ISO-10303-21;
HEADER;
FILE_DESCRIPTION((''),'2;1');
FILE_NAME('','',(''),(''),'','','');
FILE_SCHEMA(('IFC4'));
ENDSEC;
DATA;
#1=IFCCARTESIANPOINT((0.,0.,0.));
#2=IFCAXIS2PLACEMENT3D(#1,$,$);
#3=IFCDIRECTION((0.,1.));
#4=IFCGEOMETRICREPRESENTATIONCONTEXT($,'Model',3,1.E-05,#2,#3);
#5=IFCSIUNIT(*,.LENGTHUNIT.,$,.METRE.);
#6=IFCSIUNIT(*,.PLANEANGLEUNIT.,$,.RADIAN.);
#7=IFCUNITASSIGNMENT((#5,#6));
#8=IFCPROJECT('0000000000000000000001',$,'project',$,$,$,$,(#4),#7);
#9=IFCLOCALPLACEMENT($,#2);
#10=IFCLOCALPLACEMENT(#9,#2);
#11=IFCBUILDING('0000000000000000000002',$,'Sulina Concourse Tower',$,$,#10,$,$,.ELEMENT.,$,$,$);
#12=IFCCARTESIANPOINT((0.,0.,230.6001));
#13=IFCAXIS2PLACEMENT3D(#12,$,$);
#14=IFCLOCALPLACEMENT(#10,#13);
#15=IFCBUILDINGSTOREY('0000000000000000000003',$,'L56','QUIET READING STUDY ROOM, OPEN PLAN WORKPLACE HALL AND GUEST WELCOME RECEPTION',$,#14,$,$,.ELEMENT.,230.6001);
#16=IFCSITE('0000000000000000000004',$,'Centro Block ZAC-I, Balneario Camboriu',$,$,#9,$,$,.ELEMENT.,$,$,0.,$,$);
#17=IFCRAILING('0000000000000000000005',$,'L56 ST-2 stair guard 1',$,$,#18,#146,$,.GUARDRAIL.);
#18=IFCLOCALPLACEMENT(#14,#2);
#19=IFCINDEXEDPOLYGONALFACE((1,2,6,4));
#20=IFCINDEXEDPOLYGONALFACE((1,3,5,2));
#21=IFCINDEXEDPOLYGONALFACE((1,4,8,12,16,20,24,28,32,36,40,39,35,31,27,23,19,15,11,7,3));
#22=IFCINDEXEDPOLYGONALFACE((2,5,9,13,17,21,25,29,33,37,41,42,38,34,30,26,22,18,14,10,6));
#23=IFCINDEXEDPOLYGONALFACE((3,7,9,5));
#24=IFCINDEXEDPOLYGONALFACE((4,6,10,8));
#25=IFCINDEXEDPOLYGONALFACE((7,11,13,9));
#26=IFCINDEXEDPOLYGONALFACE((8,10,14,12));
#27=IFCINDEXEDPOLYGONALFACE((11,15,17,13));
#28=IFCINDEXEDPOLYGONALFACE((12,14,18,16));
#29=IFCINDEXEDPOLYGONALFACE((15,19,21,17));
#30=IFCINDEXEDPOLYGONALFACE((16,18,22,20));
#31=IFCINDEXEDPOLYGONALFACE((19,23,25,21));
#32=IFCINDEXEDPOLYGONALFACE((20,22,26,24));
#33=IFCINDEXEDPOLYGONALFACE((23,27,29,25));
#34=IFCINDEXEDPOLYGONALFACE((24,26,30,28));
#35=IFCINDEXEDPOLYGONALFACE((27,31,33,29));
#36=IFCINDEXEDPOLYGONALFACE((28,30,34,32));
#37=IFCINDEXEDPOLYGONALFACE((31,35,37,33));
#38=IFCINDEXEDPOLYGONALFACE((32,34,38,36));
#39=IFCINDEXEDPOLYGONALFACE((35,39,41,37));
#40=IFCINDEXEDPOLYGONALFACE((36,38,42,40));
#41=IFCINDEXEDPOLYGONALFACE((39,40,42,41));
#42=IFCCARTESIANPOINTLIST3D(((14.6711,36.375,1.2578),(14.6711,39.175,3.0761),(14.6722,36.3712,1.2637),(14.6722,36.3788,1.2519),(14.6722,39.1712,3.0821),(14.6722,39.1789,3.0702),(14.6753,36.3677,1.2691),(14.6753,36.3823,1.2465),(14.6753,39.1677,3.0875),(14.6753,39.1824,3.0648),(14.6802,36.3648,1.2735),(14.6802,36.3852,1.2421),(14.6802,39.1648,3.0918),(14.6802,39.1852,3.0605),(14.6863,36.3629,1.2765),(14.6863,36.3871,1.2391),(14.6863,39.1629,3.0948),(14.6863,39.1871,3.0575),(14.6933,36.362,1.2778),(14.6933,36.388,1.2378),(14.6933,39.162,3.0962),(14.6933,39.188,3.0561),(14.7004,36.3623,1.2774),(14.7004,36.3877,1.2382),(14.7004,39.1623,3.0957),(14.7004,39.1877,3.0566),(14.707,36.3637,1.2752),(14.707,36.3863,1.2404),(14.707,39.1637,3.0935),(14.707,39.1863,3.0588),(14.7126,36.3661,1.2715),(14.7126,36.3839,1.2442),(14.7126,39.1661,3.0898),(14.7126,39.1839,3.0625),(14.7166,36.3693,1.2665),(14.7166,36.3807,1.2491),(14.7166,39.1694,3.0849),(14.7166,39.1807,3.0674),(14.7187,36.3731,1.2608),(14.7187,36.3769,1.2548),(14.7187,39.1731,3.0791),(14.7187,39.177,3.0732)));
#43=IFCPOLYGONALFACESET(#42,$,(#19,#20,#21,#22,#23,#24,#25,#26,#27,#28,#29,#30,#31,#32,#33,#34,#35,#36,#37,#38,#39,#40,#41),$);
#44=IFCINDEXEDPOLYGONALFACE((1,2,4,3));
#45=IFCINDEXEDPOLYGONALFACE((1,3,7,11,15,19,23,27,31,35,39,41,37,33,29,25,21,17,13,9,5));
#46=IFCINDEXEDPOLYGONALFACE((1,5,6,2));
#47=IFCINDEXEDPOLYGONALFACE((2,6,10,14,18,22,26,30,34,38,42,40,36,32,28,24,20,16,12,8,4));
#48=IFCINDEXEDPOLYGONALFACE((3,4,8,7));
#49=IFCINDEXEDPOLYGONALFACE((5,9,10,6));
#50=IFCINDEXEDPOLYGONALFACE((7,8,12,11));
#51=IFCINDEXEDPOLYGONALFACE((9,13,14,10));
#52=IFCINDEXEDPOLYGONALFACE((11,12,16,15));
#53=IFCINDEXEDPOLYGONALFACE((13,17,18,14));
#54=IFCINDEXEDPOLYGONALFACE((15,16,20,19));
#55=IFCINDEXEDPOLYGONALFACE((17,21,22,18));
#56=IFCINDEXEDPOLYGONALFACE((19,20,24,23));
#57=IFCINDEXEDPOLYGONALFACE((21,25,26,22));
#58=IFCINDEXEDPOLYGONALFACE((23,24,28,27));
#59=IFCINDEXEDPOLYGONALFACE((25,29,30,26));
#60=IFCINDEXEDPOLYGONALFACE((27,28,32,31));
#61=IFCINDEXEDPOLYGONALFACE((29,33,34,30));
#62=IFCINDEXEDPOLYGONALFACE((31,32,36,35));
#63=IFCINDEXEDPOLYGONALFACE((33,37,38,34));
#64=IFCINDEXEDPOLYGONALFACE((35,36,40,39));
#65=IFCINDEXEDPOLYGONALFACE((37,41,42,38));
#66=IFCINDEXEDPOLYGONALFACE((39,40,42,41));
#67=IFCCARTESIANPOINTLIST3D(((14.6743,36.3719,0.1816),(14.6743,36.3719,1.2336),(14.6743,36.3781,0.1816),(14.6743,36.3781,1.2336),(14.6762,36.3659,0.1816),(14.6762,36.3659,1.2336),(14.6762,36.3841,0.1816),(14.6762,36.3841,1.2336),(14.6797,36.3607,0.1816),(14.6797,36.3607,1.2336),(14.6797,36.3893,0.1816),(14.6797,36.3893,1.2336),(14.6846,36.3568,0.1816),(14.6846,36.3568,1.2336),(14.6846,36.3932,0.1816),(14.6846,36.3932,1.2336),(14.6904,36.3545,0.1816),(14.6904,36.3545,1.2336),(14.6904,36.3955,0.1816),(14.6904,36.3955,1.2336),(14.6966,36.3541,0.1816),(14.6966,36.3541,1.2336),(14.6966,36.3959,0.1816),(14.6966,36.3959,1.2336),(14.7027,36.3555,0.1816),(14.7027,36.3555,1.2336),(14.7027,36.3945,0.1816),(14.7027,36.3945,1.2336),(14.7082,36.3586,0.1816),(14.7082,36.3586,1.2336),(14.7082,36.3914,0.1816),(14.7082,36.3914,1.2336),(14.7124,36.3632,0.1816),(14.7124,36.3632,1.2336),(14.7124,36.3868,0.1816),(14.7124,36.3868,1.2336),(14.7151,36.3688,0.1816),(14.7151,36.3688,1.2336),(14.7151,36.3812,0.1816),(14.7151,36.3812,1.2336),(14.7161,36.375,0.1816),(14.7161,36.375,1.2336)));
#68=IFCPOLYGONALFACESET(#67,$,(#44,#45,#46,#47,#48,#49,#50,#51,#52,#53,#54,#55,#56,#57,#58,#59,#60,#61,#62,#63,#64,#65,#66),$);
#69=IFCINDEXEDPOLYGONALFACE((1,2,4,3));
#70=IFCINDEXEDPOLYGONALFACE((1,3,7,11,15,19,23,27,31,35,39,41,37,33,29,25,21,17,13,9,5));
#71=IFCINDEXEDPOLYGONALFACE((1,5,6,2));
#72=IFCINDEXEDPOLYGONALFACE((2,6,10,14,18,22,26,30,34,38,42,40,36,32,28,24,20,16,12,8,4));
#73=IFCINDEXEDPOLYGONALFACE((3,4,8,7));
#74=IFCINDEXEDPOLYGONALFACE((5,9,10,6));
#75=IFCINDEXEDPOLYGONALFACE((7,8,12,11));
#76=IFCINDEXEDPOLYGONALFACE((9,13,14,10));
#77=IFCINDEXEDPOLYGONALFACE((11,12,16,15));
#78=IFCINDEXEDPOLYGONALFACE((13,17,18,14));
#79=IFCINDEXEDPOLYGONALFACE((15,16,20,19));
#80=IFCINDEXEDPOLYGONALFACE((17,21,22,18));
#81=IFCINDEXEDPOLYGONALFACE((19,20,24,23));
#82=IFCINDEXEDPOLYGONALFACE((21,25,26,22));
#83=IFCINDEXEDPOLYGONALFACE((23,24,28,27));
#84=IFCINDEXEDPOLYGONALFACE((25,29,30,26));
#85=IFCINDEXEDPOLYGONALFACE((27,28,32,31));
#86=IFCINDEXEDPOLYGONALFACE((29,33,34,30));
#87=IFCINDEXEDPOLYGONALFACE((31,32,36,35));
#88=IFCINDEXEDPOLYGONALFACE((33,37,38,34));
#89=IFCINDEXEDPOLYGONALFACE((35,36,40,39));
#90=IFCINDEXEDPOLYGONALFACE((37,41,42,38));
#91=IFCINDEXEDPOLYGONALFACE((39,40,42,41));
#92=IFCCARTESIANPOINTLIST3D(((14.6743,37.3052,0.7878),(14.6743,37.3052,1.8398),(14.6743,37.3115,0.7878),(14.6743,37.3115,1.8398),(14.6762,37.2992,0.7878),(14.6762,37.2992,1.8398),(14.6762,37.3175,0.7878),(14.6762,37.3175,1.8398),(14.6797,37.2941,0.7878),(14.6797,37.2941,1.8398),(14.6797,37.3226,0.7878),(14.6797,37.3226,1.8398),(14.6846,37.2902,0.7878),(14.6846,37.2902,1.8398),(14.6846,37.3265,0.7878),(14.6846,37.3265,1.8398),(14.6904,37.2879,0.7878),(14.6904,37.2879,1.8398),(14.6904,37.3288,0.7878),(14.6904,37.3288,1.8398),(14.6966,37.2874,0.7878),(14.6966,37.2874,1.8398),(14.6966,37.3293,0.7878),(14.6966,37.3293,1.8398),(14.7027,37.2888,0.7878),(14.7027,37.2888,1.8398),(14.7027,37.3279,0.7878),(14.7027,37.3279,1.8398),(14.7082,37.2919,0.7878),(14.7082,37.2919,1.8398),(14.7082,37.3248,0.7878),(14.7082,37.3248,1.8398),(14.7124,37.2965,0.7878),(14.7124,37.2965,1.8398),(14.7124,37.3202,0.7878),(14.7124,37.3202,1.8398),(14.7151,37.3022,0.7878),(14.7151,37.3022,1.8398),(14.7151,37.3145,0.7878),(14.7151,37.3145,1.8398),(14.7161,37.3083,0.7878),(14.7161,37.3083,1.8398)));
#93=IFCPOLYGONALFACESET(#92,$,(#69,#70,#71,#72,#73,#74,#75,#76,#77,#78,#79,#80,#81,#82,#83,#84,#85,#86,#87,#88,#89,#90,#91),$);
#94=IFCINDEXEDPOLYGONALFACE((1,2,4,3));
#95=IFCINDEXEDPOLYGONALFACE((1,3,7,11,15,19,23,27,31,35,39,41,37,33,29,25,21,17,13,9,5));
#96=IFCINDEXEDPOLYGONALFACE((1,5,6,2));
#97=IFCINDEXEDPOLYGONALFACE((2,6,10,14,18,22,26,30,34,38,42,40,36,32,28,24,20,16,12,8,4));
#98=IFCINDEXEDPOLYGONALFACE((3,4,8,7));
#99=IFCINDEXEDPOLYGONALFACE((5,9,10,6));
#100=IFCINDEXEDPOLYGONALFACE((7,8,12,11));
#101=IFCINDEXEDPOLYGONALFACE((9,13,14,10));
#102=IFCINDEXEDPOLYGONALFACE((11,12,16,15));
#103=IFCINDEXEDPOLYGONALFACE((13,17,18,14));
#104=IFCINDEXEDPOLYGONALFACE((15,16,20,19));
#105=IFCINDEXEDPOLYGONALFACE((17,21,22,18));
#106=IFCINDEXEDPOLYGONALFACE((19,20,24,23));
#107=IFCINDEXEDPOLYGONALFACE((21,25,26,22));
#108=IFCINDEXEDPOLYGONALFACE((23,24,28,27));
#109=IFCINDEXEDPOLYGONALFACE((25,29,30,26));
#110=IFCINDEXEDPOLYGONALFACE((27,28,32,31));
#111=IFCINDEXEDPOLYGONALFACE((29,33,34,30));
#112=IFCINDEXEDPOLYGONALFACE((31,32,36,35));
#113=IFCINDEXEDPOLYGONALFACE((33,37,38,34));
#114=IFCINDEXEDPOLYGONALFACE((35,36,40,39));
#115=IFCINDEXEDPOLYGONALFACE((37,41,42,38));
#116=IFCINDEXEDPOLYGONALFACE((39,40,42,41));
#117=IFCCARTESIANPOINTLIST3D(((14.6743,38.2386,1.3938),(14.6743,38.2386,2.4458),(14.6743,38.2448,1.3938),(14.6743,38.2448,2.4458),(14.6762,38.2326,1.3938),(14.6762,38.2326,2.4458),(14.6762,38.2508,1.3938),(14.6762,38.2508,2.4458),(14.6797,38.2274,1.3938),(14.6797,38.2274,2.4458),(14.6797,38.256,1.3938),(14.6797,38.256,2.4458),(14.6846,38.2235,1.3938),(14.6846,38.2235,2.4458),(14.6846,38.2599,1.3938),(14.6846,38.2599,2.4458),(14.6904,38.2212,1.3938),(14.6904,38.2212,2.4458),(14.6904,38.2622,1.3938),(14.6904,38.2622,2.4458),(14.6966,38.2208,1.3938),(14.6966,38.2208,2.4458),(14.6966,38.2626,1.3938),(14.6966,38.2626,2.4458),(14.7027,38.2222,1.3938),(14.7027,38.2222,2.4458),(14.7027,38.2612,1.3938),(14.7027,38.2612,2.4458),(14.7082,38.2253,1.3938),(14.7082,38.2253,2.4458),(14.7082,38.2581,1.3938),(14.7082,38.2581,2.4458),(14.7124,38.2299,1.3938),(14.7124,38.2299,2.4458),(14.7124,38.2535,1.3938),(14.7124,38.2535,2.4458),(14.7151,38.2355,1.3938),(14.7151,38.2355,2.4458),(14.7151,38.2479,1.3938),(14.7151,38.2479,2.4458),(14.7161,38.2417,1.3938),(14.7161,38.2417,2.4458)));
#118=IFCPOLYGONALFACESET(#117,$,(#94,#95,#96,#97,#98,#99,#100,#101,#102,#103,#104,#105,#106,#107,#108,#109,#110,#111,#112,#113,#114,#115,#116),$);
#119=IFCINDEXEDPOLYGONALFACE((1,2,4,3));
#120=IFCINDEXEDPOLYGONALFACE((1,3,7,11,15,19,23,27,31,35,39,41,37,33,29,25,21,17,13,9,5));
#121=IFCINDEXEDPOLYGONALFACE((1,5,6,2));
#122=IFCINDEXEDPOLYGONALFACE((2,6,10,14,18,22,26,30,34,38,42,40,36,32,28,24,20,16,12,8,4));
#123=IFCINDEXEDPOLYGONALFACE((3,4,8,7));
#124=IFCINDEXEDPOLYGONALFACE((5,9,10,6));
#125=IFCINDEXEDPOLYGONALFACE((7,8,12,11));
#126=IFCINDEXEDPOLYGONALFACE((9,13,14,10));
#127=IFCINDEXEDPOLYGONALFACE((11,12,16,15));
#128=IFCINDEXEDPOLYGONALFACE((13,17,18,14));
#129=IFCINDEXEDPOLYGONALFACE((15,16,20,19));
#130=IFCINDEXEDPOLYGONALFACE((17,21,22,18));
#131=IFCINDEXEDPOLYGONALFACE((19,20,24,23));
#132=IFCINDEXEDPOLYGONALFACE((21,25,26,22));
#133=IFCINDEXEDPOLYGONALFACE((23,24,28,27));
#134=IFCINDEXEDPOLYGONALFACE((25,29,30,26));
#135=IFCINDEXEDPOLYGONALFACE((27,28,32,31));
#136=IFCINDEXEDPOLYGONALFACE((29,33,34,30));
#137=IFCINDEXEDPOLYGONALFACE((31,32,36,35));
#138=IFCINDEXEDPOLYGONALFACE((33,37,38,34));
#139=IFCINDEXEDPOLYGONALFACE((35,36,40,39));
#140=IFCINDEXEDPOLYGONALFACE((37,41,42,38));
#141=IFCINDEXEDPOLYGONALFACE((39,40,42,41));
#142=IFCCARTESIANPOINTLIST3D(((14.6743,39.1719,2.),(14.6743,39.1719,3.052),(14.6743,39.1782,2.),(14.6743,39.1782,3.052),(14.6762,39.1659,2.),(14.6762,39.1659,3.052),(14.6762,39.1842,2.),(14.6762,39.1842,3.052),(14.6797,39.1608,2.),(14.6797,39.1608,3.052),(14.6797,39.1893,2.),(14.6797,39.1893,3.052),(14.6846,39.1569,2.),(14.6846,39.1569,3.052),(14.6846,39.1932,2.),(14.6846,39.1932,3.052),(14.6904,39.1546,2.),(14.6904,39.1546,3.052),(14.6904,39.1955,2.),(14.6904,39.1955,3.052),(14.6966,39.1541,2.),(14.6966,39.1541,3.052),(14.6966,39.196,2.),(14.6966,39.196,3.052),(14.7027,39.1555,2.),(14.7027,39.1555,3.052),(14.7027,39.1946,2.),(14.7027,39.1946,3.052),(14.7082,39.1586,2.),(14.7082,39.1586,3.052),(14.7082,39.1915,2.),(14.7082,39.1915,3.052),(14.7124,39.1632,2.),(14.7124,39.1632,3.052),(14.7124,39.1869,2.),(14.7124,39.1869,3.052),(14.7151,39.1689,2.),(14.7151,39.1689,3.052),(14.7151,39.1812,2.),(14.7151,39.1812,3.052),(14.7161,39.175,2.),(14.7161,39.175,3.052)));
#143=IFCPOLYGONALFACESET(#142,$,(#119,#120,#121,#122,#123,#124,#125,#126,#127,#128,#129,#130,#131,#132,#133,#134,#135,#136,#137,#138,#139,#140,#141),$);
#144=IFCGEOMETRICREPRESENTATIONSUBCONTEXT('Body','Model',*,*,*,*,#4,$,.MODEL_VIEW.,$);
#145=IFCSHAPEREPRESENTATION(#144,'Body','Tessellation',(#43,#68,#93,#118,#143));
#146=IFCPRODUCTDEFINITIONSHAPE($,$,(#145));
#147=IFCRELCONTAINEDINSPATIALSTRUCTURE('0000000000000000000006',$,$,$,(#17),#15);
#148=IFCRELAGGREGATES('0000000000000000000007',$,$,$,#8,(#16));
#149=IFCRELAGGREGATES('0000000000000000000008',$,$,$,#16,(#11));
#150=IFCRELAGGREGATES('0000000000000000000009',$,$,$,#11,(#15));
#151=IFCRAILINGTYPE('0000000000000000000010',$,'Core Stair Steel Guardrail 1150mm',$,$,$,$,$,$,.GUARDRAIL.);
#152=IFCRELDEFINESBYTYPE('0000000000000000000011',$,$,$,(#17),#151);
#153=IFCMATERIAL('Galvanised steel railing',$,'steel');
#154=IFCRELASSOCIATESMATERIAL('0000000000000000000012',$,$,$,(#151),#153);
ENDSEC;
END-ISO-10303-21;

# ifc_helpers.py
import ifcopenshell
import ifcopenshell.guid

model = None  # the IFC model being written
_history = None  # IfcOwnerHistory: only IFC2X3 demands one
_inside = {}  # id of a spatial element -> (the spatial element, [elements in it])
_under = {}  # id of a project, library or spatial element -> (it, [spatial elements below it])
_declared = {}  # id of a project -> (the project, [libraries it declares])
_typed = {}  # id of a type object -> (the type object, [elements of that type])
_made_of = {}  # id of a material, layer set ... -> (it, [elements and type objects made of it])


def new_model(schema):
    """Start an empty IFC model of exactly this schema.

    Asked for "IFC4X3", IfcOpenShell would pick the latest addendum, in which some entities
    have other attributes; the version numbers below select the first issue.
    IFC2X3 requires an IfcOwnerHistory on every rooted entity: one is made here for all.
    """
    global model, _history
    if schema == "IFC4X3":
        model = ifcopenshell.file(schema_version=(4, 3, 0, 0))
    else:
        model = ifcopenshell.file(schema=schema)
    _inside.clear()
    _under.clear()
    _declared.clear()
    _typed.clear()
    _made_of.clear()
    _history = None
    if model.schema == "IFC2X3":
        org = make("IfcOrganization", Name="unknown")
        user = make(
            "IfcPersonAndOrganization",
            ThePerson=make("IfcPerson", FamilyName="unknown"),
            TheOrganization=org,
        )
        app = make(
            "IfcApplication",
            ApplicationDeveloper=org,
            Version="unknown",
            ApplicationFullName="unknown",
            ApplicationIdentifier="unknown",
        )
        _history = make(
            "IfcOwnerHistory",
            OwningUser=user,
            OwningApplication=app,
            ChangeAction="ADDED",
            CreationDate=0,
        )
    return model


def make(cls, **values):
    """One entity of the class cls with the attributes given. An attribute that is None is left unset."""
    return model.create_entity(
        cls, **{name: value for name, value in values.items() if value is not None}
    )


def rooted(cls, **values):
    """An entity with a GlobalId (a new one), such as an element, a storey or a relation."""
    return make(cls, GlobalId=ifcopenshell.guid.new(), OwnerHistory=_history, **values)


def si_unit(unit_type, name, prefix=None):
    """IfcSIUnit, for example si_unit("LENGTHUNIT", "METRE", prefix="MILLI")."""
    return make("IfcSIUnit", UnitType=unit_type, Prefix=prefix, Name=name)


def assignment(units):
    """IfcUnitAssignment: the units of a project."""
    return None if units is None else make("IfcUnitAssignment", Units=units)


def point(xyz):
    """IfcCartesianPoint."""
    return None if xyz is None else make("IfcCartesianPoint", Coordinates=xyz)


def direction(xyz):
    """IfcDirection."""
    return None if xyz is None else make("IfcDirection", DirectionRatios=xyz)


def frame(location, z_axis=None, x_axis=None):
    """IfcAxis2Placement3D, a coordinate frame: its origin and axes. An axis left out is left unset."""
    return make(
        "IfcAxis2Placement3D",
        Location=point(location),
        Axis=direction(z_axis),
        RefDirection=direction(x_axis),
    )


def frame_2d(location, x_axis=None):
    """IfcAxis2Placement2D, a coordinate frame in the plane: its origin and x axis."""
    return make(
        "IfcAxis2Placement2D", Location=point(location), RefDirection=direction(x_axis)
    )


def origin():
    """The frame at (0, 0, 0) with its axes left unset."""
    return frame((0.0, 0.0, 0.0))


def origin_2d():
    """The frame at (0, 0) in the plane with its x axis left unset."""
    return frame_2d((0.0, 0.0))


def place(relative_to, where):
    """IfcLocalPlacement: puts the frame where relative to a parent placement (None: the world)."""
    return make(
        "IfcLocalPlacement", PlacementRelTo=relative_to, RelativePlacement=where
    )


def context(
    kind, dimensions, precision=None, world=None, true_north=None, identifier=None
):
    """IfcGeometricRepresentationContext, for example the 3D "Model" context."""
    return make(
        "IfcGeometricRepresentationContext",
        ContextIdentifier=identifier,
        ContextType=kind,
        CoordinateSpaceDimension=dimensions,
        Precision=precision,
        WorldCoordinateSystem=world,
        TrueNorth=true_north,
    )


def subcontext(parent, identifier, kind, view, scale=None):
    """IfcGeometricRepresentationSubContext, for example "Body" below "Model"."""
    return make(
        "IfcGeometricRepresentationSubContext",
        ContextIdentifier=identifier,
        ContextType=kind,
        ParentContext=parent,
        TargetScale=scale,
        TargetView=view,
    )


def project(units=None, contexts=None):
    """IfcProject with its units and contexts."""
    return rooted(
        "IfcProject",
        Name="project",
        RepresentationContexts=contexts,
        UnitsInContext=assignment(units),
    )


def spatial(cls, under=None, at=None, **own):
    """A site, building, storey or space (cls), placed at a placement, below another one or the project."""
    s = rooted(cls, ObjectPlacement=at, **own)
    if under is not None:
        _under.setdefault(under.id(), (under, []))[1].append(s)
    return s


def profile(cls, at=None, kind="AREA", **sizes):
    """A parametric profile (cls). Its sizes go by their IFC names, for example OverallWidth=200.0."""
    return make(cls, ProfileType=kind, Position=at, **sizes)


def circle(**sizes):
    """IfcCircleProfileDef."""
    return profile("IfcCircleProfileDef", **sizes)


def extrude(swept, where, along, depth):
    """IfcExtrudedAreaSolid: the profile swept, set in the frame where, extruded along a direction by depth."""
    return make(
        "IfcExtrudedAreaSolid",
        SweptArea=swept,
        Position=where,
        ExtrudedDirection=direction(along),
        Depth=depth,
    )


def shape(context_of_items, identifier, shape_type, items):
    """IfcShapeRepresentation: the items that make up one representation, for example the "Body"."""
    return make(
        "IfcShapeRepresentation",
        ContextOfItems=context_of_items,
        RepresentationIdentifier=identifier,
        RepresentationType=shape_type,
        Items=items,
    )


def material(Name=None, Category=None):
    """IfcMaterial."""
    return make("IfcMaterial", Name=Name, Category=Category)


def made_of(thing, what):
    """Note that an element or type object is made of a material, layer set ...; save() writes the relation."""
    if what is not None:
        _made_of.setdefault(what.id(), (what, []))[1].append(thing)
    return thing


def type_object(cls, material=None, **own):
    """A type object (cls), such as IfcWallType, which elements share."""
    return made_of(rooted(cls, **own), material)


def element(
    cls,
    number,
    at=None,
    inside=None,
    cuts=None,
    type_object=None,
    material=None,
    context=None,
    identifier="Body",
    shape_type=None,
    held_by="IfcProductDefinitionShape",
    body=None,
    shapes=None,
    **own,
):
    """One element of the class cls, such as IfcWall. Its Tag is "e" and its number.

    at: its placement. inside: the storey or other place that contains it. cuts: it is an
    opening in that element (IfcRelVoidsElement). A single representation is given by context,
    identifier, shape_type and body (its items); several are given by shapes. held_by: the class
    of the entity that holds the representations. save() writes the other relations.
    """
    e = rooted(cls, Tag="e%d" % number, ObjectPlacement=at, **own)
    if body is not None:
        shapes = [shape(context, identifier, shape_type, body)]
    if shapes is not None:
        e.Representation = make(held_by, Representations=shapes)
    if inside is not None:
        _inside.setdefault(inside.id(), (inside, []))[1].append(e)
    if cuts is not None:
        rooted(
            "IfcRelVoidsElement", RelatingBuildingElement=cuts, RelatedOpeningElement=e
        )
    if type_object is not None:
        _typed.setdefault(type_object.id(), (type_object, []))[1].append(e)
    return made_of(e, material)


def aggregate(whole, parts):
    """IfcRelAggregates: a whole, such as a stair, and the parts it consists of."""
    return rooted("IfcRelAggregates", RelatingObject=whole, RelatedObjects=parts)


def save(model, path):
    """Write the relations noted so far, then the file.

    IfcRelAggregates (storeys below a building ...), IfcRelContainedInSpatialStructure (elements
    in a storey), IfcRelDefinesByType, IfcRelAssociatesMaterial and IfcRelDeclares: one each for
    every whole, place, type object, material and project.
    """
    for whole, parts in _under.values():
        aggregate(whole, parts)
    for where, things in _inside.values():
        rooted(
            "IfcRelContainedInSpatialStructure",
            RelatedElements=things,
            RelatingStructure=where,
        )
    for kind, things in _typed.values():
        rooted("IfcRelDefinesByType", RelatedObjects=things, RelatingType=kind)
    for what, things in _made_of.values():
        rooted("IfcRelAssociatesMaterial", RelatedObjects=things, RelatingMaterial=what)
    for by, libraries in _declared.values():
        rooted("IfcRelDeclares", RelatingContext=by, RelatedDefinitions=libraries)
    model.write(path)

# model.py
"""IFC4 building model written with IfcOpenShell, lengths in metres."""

from ifc_helpers import new_model, si_unit, direction, frame, origin, origin_2d, place, context, subcontext, project, spatial, circle, extrude, material, type_object, element, save


model = new_model("IFC4")

# Units and contexts
model_context = context("Model", 3, precision=1e-05, world=origin(), true_north=direction((0.0, 1.0)))
body_context = subcontext(model_context, "Body", "Model", "MODEL_VIEW")
ifc_project = project(units=[si_unit("LENGTHUNIT", "METRE"), si_unit("PLANEANGLEUNIT", "RADIAN")], contexts=[model_context])

# Site, building, storey
site_placement = place(None, origin())
site = spatial("IfcSite", under=ifc_project, at=site_placement, Name="Centro Block ZAC-I, Balneario Camboriu", CompositionType="ELEMENT", RefElevation=0.0)
building_placement = place(site_placement, origin())
building = spatial("IfcBuilding", under=site, at=building_placement, Name="Sulina Concourse Tower", CompositionType="ELEMENT")
storey_placement = place(building_placement, frame((0.0, 0.0, 230.6001)))
storey = spatial("IfcBuildingStorey", under=building, at=storey_placement, Name="L56", Description="QUIET READING STUDY ROOM, OPEN PLAN WORKPLACE HALL AND GUEST WELCOME RECEPTION", CompositionType="ELEMENT", Elevation=230.6001)

# Railing
ifc_material_1 = material(Name="Galvanised steel railing", Category="steel")
railing_type_1 = type_object("IfcRailingType", Name="Core Stair Steel Guardrail 1150mm", PredefinedType="GUARDRAIL", material=ifc_material_1)
railing_1_placement = place(storey_placement, frame((14.6951, 36.375, 0.1816)))
element("IfcRailing", 1, at=railing_1_placement, inside=storey, type_object=railing_type_1, Name="L56 ST-2 stair guard 1", PredefinedType="GUARDRAIL", context=body_context, shape_type="SweptSolid", body=[
    extrude(circle(Radius=0.0239, at=origin_2d()), frame((0.0, 0.0, 1.0762), z_axis=(0.0, 0.838672, 0.544636), x_axis=(-1.0, 0.0, 0.0)), (0.0, 0.0, 1.0), 3.3386),
    extrude(circle(Radius=0.021, at=origin_2d()), origin(), (0.0, 0.0, 1.0), 1.052),
    extrude(circle(Radius=0.021, at=origin_2d()), frame((0.0, 0.9333, 0.6062)), (0.0, 0.0, 1.0), 1.052),
    extrude(circle(Radius=0.021, at=origin_2d()), frame((0.0, 1.8667, 1.2122)), (0.0, 0.0, 1.0), 1.052),
    extrude(circle(Radius=0.021, at=origin_2d()), frame((0.0, 2.8, 1.8184)), (0.0, 0.0, 1.0), 1.052),
])

save(model, "model.ifc")
